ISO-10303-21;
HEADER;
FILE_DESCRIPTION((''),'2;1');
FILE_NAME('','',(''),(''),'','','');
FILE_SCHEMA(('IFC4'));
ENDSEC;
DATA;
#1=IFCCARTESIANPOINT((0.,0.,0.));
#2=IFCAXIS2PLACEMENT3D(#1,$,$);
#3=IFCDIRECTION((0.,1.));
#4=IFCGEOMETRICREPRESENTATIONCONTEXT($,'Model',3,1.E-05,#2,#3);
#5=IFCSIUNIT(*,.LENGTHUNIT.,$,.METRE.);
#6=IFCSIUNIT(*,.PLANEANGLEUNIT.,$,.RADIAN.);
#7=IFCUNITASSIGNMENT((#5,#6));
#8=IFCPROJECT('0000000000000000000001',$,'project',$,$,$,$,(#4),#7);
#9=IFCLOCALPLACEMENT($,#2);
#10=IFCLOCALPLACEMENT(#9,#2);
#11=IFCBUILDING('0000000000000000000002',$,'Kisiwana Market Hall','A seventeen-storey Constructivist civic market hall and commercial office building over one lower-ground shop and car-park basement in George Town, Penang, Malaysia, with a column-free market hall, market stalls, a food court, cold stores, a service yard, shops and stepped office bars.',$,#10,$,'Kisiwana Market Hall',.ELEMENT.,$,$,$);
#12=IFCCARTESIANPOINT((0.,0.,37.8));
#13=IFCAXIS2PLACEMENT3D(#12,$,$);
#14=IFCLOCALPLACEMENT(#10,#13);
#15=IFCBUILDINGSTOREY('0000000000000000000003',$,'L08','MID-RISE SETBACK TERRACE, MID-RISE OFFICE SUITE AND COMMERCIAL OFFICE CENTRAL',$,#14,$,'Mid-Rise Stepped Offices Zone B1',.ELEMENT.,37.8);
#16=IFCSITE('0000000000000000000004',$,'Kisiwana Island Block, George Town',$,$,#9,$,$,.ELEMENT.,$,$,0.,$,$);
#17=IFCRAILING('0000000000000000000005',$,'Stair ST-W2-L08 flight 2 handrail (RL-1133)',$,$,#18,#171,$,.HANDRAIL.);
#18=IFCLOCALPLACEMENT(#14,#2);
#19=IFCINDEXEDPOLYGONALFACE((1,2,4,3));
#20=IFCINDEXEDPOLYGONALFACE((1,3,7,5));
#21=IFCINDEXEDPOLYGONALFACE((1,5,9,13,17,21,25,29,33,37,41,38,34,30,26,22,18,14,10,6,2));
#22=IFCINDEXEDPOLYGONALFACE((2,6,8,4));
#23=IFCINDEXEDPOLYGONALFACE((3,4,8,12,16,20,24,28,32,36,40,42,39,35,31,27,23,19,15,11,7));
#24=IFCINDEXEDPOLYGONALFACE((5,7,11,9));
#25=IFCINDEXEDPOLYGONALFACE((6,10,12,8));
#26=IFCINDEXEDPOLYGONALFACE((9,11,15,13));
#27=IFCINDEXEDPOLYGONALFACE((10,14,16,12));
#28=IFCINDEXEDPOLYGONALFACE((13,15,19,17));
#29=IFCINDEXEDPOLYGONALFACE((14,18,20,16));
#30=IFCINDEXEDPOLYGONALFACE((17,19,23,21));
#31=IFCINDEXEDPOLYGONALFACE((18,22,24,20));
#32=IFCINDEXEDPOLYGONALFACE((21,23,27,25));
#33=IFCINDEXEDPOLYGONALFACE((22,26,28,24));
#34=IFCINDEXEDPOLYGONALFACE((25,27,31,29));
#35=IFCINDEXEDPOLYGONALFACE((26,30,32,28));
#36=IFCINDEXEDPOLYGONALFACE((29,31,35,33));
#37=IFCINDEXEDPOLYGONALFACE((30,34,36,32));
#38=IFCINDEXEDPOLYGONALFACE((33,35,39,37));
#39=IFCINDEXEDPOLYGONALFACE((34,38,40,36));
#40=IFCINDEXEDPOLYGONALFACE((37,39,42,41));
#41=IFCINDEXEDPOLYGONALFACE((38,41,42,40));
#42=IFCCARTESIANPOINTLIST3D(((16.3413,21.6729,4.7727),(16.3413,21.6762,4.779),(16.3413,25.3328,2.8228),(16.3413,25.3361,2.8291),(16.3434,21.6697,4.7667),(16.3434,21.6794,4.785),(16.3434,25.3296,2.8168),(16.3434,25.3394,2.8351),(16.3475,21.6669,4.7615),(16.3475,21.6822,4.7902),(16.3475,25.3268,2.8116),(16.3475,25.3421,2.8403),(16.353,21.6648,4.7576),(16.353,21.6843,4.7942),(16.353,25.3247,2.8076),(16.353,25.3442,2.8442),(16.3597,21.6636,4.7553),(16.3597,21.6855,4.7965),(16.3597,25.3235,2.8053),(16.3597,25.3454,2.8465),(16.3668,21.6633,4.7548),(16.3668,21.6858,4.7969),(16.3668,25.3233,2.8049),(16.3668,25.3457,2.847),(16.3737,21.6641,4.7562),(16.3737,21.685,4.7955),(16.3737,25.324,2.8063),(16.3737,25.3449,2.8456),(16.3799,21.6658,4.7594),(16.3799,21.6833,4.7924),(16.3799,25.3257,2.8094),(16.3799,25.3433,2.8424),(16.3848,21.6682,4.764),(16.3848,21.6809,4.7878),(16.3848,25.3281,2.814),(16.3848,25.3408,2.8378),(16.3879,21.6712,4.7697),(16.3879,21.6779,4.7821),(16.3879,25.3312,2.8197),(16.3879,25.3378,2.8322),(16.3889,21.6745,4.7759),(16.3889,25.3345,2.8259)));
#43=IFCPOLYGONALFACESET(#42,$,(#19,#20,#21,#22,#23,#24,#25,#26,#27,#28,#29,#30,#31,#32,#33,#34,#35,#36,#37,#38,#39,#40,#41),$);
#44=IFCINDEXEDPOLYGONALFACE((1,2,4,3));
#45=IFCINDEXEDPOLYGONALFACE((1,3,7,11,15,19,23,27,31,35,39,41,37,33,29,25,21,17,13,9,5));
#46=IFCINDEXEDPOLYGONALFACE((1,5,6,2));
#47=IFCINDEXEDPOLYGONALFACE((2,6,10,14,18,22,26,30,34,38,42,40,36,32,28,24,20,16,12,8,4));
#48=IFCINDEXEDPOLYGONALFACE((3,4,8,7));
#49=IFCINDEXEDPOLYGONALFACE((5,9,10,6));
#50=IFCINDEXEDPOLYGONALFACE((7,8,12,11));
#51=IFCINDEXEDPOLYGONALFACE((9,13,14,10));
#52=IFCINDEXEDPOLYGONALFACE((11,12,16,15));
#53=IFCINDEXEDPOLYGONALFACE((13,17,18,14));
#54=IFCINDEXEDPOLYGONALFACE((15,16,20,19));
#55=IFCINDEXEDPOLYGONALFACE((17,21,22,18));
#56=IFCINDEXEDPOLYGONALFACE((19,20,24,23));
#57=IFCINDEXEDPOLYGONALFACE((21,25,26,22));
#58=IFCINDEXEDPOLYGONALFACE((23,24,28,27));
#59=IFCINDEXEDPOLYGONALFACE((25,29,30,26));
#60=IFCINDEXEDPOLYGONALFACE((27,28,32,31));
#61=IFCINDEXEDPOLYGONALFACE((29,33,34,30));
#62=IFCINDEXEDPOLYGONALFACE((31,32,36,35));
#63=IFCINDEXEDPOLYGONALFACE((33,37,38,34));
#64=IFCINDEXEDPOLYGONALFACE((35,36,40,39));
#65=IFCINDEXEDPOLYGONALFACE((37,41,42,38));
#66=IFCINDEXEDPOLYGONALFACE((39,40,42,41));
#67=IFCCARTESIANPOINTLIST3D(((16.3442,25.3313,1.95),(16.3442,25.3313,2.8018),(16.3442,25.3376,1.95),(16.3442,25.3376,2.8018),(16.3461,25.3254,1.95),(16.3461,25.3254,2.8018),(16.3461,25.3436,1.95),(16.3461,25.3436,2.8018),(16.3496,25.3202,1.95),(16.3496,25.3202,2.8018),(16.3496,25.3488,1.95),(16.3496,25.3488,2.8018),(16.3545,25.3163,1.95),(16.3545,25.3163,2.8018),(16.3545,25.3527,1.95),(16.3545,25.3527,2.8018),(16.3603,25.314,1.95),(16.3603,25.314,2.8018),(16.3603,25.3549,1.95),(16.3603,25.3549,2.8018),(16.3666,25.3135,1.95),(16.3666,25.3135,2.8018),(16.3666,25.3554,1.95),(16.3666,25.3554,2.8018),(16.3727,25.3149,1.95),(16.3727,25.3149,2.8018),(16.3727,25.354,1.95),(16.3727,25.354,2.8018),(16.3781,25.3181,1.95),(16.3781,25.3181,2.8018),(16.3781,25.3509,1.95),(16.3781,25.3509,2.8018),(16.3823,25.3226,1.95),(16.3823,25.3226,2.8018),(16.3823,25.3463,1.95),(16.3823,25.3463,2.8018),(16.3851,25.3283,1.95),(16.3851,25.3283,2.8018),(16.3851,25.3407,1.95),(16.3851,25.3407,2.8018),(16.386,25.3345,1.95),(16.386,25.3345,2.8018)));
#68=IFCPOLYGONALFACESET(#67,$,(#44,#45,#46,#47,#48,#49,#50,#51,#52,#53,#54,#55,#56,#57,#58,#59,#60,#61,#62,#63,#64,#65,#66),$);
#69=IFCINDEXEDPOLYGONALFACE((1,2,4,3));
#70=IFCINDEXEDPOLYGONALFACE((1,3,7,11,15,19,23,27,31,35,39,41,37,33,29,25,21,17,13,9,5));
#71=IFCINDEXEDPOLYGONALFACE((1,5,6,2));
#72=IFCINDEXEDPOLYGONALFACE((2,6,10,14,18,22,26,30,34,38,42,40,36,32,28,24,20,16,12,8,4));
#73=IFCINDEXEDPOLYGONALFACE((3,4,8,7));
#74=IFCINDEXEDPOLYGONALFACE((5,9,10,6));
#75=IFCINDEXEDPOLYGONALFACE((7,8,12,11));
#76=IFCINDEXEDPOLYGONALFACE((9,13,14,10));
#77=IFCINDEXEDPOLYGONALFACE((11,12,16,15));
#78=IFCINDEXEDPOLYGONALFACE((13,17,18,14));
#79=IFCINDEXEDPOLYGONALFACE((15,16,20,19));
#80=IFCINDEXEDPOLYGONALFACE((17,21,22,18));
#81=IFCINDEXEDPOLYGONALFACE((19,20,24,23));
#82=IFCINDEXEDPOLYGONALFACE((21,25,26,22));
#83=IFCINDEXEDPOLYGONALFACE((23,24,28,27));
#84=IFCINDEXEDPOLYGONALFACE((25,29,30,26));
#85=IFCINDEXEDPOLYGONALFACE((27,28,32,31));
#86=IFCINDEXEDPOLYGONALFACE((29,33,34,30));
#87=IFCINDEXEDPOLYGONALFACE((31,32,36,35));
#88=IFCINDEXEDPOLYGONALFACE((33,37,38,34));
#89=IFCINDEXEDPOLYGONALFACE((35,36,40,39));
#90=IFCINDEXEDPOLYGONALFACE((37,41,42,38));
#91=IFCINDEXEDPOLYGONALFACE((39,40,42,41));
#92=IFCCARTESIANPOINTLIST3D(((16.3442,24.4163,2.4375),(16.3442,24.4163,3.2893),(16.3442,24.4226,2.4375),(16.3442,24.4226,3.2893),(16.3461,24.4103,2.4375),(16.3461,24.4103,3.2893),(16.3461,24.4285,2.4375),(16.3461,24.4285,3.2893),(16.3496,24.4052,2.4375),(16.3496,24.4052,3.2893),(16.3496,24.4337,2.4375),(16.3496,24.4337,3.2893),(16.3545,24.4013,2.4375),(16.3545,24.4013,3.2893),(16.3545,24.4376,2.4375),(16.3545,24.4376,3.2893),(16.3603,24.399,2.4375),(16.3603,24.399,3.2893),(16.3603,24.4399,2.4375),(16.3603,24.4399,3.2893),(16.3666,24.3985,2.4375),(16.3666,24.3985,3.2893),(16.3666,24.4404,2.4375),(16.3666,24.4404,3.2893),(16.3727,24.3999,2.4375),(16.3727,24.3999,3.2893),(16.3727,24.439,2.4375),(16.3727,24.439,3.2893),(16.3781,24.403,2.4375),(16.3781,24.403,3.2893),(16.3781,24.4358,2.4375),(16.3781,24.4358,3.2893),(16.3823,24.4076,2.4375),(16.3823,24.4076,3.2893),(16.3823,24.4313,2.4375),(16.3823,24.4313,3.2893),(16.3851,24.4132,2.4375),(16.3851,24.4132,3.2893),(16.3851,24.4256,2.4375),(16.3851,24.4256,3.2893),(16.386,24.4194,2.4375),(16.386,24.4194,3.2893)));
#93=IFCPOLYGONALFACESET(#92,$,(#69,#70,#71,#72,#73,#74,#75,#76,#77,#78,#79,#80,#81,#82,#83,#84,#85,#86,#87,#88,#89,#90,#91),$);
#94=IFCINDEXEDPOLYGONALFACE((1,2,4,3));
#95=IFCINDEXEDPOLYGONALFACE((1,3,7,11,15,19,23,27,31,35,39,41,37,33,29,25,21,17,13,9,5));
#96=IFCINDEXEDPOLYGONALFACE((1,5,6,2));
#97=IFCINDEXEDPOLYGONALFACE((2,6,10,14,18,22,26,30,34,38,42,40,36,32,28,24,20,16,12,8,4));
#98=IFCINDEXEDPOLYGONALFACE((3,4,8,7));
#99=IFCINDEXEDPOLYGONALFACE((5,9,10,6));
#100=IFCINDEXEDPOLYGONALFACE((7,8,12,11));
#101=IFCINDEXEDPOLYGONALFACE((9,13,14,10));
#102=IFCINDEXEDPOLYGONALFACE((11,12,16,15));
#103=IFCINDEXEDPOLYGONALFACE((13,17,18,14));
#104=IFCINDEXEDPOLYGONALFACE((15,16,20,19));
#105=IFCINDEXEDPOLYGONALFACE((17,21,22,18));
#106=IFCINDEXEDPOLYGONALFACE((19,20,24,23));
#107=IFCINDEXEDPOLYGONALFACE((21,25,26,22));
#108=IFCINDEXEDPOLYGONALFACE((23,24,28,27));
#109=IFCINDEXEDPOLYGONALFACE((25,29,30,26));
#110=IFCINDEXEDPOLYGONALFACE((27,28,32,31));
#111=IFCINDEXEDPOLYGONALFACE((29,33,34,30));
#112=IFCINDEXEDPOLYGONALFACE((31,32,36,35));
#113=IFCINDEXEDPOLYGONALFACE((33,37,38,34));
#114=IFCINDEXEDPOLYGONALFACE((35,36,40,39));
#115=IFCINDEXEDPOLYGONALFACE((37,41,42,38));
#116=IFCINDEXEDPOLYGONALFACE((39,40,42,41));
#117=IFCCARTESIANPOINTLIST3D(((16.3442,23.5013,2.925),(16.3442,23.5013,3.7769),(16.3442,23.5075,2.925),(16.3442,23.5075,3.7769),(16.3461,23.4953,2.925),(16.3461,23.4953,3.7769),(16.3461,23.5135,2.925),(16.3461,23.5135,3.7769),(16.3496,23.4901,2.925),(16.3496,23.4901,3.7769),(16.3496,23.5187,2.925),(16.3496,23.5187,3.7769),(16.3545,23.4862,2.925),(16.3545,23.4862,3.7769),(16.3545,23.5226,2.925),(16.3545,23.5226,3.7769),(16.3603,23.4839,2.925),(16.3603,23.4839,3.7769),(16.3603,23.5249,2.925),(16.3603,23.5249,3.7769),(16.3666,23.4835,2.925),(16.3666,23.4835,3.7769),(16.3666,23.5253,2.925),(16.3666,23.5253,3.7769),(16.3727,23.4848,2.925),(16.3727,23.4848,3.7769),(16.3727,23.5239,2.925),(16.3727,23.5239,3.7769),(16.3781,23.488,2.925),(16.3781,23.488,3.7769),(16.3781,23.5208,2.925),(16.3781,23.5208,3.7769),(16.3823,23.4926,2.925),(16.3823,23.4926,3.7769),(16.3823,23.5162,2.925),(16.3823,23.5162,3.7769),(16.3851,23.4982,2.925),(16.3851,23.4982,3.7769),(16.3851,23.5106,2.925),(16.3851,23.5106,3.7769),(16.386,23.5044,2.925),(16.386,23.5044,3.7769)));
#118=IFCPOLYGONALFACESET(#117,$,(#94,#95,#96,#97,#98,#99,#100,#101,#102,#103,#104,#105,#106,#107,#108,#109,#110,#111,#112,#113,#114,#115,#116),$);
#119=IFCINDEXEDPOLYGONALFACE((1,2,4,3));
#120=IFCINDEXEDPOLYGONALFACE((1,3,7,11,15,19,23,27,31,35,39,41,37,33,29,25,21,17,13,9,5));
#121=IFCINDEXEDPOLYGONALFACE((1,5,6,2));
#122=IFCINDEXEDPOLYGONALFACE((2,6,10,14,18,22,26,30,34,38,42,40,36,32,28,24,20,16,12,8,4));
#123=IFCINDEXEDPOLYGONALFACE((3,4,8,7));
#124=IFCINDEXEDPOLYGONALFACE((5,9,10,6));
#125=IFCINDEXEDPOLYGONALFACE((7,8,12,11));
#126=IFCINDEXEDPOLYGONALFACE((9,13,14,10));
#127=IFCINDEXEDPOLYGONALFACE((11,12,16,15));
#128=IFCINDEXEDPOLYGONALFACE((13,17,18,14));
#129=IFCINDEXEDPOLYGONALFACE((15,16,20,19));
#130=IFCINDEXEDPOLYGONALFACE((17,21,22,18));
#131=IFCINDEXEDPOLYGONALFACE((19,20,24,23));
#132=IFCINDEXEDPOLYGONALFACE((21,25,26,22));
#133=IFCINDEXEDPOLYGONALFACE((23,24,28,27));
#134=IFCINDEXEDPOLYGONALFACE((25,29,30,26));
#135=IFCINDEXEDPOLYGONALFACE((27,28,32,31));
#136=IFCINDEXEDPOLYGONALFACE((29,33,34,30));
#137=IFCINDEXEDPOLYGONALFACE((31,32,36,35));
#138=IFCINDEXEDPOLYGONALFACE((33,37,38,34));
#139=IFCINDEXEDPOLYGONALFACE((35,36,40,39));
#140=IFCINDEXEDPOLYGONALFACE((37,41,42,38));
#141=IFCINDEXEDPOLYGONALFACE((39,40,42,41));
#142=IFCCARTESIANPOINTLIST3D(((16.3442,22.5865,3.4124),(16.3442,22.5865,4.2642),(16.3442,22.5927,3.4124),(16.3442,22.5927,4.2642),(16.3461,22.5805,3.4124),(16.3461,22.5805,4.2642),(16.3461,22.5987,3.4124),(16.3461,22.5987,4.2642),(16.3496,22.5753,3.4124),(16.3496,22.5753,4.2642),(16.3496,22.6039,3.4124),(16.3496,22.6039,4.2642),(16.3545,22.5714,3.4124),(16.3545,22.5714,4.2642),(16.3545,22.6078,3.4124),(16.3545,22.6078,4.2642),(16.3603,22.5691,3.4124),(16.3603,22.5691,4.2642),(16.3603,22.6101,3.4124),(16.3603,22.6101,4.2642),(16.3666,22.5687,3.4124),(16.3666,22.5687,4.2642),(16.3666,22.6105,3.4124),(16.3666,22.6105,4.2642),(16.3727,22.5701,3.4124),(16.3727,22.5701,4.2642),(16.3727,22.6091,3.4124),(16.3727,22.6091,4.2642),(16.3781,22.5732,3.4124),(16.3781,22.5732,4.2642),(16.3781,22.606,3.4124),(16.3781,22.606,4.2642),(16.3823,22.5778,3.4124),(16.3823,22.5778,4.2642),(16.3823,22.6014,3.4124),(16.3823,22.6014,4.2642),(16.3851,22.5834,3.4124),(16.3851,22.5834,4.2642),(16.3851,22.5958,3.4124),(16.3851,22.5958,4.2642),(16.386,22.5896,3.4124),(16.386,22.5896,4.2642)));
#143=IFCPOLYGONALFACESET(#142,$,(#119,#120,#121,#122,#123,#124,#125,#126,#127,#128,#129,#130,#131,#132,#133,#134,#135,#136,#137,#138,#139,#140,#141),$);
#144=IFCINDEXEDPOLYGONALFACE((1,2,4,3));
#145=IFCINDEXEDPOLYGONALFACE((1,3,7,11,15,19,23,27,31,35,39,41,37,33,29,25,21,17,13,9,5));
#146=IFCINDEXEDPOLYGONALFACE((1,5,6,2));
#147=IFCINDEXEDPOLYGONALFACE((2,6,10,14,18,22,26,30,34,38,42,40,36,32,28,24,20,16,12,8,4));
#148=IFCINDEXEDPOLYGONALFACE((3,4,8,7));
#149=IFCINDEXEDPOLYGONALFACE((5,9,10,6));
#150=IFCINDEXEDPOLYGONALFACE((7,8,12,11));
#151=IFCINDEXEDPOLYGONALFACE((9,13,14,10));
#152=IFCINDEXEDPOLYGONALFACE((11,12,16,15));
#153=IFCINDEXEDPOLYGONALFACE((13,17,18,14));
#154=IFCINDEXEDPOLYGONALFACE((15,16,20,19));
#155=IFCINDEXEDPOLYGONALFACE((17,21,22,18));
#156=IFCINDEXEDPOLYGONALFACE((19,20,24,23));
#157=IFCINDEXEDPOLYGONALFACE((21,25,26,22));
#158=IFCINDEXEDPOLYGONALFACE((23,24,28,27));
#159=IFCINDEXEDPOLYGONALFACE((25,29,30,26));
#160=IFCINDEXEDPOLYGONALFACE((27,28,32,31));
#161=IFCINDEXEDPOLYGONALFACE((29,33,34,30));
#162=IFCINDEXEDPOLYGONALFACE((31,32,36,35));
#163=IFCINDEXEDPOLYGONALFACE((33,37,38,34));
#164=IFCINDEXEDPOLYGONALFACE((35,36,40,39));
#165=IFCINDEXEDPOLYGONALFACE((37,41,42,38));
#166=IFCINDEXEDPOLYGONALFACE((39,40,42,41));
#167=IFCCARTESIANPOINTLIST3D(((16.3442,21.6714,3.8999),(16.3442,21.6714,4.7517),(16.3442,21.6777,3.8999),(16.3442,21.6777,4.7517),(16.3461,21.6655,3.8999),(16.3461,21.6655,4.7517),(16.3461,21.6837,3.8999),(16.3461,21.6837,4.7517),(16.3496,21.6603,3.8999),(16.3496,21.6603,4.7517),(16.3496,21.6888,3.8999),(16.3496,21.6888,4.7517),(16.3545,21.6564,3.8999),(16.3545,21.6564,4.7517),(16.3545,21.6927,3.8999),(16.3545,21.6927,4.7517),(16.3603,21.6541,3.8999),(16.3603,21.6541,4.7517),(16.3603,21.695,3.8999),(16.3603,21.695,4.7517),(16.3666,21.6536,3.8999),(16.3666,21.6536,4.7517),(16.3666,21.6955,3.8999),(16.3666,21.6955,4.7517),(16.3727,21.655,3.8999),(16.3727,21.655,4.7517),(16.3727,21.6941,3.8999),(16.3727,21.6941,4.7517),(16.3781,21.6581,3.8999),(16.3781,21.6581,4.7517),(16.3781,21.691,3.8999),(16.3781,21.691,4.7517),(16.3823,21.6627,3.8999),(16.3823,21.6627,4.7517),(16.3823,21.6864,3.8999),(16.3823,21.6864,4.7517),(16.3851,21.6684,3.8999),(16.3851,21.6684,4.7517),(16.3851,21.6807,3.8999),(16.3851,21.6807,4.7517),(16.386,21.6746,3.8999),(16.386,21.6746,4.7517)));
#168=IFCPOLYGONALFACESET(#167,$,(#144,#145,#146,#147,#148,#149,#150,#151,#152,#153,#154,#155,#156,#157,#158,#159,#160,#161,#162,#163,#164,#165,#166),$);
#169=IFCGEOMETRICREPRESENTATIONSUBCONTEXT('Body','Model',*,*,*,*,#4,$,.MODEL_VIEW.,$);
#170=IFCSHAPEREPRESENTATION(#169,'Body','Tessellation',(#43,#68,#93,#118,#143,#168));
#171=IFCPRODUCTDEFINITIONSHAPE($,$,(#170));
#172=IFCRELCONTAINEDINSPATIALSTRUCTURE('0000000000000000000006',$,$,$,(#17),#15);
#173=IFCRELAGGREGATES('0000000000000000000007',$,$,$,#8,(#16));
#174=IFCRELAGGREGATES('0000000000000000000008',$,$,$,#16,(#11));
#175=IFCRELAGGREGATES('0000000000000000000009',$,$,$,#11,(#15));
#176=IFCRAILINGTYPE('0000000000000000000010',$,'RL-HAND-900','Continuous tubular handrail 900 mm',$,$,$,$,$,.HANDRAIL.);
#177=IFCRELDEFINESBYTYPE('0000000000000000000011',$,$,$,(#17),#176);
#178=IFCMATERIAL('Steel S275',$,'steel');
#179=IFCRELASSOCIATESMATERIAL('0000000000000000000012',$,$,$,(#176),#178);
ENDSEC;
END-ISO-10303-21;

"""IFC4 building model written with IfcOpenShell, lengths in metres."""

from ifc_helpers import new_model, si_unit, direction, frame, origin, origin_2d, place, context, subcontext, project, spatial, circle, extrude, material, type_object, element, save


model = new_model("IFC4")

# Units and contexts
model_context = context("Model", 3, precision=1e-05, world=origin(), true_north=direction((0.0, 1.0)))
body_context = subcontext(model_context, "Body", "Model", "MODEL_VIEW")
ifc_project = project(units=[si_unit("LENGTHUNIT", "METRE"), si_unit("PLANEANGLEUNIT", "RADIAN")], contexts=[model_context])

# Site, building, storey
site_placement = place(None, origin())
site = spatial("IfcSite", under=ifc_project, at=site_placement, Name="Kisiwana Island Block, George Town", CompositionType="ELEMENT", RefElevation=0.0)
building_placement = place(site_placement, origin())
building = spatial("IfcBuilding", under=site, at=building_placement, Name="Kisiwana Market Hall", Description="A seventeen-storey Constructivist civic market hall and commercial office building over one lower-ground shop and car-park basement in George Town, Penang, Malaysia, with a column-free market hall, market stalls, a food court, cold stores, a service yard, shops and stepped office bars.", LongName="Kisiwana Market Hall", CompositionType="ELEMENT")
storey_placement = place(building_placement, frame((0.0, 0.0, 37.8)))
storey = spatial("IfcBuildingStorey", under=building, at=storey_placement, Name="L08", Description="MID-RISE SETBACK TERRACE, MID-RISE OFFICE SUITE AND COMMERCIAL OFFICE CENTRAL", LongName="Mid-Rise Stepped Offices Zone B1", CompositionType="ELEMENT", Elevation=37.8)

# Railing
ifc_material_1 = material(Name="Steel S275", Category="steel")
railing_type_1 = type_object("IfcRailingType", Name="RL-HAND-900", Description="Continuous tubular handrail 900 mm", PredefinedType="HANDRAIL", material=ifc_material_1)
for number, where, name in (
    (1, (16.365, 25.3345, 1.95), "Stair ST-W2-L08 flight 2 handrail (RL-1133)"),
):
    element("IfcRailing", number, at=place(storey_placement, frame(where)), inside=storey, type_object=railing_type_1, Name=name, PredefinedType="HANDRAIL", context=body_context, shape_type="SweptSolid", body=[
        extrude(circle(Radius=0.0239, at=origin_2d()), frame((0.0, 0.0, 0.876), z_axis=(0.0, -0.882553, 0.470212), x_axis=(1.0, 0.0, 0.0)), (0.0, 0.0, 1.0), 4.147),
        extrude(circle(Radius=0.021, at=origin_2d()), origin(), (0.0, 0.0, 1.0), 0.8518),
        extrude(circle(Radius=0.021, at=origin_2d()), frame((0.0, -0.915, 0.4875)), (0.0, 0.0, 1.0), 0.8518),
        extrude(circle(Radius=0.021, at=origin_2d()), frame((0.0, -1.8301, 0.9751)), (0.0, 0.0, 1.0), 0.8518),
        extrude(circle(Radius=0.021, at=origin_2d()), frame((0.0, -2.7449, 1.4624)), (0.0, 0.0, 1.0), 0.8518),
        extrude(circle(Radius=0.021, at=origin_2d()), frame((0.0, -3.6599, 1.95)), (0.0, 0.0, 1.0), 0.8518),
    ])

save(model, "model.ifc")
